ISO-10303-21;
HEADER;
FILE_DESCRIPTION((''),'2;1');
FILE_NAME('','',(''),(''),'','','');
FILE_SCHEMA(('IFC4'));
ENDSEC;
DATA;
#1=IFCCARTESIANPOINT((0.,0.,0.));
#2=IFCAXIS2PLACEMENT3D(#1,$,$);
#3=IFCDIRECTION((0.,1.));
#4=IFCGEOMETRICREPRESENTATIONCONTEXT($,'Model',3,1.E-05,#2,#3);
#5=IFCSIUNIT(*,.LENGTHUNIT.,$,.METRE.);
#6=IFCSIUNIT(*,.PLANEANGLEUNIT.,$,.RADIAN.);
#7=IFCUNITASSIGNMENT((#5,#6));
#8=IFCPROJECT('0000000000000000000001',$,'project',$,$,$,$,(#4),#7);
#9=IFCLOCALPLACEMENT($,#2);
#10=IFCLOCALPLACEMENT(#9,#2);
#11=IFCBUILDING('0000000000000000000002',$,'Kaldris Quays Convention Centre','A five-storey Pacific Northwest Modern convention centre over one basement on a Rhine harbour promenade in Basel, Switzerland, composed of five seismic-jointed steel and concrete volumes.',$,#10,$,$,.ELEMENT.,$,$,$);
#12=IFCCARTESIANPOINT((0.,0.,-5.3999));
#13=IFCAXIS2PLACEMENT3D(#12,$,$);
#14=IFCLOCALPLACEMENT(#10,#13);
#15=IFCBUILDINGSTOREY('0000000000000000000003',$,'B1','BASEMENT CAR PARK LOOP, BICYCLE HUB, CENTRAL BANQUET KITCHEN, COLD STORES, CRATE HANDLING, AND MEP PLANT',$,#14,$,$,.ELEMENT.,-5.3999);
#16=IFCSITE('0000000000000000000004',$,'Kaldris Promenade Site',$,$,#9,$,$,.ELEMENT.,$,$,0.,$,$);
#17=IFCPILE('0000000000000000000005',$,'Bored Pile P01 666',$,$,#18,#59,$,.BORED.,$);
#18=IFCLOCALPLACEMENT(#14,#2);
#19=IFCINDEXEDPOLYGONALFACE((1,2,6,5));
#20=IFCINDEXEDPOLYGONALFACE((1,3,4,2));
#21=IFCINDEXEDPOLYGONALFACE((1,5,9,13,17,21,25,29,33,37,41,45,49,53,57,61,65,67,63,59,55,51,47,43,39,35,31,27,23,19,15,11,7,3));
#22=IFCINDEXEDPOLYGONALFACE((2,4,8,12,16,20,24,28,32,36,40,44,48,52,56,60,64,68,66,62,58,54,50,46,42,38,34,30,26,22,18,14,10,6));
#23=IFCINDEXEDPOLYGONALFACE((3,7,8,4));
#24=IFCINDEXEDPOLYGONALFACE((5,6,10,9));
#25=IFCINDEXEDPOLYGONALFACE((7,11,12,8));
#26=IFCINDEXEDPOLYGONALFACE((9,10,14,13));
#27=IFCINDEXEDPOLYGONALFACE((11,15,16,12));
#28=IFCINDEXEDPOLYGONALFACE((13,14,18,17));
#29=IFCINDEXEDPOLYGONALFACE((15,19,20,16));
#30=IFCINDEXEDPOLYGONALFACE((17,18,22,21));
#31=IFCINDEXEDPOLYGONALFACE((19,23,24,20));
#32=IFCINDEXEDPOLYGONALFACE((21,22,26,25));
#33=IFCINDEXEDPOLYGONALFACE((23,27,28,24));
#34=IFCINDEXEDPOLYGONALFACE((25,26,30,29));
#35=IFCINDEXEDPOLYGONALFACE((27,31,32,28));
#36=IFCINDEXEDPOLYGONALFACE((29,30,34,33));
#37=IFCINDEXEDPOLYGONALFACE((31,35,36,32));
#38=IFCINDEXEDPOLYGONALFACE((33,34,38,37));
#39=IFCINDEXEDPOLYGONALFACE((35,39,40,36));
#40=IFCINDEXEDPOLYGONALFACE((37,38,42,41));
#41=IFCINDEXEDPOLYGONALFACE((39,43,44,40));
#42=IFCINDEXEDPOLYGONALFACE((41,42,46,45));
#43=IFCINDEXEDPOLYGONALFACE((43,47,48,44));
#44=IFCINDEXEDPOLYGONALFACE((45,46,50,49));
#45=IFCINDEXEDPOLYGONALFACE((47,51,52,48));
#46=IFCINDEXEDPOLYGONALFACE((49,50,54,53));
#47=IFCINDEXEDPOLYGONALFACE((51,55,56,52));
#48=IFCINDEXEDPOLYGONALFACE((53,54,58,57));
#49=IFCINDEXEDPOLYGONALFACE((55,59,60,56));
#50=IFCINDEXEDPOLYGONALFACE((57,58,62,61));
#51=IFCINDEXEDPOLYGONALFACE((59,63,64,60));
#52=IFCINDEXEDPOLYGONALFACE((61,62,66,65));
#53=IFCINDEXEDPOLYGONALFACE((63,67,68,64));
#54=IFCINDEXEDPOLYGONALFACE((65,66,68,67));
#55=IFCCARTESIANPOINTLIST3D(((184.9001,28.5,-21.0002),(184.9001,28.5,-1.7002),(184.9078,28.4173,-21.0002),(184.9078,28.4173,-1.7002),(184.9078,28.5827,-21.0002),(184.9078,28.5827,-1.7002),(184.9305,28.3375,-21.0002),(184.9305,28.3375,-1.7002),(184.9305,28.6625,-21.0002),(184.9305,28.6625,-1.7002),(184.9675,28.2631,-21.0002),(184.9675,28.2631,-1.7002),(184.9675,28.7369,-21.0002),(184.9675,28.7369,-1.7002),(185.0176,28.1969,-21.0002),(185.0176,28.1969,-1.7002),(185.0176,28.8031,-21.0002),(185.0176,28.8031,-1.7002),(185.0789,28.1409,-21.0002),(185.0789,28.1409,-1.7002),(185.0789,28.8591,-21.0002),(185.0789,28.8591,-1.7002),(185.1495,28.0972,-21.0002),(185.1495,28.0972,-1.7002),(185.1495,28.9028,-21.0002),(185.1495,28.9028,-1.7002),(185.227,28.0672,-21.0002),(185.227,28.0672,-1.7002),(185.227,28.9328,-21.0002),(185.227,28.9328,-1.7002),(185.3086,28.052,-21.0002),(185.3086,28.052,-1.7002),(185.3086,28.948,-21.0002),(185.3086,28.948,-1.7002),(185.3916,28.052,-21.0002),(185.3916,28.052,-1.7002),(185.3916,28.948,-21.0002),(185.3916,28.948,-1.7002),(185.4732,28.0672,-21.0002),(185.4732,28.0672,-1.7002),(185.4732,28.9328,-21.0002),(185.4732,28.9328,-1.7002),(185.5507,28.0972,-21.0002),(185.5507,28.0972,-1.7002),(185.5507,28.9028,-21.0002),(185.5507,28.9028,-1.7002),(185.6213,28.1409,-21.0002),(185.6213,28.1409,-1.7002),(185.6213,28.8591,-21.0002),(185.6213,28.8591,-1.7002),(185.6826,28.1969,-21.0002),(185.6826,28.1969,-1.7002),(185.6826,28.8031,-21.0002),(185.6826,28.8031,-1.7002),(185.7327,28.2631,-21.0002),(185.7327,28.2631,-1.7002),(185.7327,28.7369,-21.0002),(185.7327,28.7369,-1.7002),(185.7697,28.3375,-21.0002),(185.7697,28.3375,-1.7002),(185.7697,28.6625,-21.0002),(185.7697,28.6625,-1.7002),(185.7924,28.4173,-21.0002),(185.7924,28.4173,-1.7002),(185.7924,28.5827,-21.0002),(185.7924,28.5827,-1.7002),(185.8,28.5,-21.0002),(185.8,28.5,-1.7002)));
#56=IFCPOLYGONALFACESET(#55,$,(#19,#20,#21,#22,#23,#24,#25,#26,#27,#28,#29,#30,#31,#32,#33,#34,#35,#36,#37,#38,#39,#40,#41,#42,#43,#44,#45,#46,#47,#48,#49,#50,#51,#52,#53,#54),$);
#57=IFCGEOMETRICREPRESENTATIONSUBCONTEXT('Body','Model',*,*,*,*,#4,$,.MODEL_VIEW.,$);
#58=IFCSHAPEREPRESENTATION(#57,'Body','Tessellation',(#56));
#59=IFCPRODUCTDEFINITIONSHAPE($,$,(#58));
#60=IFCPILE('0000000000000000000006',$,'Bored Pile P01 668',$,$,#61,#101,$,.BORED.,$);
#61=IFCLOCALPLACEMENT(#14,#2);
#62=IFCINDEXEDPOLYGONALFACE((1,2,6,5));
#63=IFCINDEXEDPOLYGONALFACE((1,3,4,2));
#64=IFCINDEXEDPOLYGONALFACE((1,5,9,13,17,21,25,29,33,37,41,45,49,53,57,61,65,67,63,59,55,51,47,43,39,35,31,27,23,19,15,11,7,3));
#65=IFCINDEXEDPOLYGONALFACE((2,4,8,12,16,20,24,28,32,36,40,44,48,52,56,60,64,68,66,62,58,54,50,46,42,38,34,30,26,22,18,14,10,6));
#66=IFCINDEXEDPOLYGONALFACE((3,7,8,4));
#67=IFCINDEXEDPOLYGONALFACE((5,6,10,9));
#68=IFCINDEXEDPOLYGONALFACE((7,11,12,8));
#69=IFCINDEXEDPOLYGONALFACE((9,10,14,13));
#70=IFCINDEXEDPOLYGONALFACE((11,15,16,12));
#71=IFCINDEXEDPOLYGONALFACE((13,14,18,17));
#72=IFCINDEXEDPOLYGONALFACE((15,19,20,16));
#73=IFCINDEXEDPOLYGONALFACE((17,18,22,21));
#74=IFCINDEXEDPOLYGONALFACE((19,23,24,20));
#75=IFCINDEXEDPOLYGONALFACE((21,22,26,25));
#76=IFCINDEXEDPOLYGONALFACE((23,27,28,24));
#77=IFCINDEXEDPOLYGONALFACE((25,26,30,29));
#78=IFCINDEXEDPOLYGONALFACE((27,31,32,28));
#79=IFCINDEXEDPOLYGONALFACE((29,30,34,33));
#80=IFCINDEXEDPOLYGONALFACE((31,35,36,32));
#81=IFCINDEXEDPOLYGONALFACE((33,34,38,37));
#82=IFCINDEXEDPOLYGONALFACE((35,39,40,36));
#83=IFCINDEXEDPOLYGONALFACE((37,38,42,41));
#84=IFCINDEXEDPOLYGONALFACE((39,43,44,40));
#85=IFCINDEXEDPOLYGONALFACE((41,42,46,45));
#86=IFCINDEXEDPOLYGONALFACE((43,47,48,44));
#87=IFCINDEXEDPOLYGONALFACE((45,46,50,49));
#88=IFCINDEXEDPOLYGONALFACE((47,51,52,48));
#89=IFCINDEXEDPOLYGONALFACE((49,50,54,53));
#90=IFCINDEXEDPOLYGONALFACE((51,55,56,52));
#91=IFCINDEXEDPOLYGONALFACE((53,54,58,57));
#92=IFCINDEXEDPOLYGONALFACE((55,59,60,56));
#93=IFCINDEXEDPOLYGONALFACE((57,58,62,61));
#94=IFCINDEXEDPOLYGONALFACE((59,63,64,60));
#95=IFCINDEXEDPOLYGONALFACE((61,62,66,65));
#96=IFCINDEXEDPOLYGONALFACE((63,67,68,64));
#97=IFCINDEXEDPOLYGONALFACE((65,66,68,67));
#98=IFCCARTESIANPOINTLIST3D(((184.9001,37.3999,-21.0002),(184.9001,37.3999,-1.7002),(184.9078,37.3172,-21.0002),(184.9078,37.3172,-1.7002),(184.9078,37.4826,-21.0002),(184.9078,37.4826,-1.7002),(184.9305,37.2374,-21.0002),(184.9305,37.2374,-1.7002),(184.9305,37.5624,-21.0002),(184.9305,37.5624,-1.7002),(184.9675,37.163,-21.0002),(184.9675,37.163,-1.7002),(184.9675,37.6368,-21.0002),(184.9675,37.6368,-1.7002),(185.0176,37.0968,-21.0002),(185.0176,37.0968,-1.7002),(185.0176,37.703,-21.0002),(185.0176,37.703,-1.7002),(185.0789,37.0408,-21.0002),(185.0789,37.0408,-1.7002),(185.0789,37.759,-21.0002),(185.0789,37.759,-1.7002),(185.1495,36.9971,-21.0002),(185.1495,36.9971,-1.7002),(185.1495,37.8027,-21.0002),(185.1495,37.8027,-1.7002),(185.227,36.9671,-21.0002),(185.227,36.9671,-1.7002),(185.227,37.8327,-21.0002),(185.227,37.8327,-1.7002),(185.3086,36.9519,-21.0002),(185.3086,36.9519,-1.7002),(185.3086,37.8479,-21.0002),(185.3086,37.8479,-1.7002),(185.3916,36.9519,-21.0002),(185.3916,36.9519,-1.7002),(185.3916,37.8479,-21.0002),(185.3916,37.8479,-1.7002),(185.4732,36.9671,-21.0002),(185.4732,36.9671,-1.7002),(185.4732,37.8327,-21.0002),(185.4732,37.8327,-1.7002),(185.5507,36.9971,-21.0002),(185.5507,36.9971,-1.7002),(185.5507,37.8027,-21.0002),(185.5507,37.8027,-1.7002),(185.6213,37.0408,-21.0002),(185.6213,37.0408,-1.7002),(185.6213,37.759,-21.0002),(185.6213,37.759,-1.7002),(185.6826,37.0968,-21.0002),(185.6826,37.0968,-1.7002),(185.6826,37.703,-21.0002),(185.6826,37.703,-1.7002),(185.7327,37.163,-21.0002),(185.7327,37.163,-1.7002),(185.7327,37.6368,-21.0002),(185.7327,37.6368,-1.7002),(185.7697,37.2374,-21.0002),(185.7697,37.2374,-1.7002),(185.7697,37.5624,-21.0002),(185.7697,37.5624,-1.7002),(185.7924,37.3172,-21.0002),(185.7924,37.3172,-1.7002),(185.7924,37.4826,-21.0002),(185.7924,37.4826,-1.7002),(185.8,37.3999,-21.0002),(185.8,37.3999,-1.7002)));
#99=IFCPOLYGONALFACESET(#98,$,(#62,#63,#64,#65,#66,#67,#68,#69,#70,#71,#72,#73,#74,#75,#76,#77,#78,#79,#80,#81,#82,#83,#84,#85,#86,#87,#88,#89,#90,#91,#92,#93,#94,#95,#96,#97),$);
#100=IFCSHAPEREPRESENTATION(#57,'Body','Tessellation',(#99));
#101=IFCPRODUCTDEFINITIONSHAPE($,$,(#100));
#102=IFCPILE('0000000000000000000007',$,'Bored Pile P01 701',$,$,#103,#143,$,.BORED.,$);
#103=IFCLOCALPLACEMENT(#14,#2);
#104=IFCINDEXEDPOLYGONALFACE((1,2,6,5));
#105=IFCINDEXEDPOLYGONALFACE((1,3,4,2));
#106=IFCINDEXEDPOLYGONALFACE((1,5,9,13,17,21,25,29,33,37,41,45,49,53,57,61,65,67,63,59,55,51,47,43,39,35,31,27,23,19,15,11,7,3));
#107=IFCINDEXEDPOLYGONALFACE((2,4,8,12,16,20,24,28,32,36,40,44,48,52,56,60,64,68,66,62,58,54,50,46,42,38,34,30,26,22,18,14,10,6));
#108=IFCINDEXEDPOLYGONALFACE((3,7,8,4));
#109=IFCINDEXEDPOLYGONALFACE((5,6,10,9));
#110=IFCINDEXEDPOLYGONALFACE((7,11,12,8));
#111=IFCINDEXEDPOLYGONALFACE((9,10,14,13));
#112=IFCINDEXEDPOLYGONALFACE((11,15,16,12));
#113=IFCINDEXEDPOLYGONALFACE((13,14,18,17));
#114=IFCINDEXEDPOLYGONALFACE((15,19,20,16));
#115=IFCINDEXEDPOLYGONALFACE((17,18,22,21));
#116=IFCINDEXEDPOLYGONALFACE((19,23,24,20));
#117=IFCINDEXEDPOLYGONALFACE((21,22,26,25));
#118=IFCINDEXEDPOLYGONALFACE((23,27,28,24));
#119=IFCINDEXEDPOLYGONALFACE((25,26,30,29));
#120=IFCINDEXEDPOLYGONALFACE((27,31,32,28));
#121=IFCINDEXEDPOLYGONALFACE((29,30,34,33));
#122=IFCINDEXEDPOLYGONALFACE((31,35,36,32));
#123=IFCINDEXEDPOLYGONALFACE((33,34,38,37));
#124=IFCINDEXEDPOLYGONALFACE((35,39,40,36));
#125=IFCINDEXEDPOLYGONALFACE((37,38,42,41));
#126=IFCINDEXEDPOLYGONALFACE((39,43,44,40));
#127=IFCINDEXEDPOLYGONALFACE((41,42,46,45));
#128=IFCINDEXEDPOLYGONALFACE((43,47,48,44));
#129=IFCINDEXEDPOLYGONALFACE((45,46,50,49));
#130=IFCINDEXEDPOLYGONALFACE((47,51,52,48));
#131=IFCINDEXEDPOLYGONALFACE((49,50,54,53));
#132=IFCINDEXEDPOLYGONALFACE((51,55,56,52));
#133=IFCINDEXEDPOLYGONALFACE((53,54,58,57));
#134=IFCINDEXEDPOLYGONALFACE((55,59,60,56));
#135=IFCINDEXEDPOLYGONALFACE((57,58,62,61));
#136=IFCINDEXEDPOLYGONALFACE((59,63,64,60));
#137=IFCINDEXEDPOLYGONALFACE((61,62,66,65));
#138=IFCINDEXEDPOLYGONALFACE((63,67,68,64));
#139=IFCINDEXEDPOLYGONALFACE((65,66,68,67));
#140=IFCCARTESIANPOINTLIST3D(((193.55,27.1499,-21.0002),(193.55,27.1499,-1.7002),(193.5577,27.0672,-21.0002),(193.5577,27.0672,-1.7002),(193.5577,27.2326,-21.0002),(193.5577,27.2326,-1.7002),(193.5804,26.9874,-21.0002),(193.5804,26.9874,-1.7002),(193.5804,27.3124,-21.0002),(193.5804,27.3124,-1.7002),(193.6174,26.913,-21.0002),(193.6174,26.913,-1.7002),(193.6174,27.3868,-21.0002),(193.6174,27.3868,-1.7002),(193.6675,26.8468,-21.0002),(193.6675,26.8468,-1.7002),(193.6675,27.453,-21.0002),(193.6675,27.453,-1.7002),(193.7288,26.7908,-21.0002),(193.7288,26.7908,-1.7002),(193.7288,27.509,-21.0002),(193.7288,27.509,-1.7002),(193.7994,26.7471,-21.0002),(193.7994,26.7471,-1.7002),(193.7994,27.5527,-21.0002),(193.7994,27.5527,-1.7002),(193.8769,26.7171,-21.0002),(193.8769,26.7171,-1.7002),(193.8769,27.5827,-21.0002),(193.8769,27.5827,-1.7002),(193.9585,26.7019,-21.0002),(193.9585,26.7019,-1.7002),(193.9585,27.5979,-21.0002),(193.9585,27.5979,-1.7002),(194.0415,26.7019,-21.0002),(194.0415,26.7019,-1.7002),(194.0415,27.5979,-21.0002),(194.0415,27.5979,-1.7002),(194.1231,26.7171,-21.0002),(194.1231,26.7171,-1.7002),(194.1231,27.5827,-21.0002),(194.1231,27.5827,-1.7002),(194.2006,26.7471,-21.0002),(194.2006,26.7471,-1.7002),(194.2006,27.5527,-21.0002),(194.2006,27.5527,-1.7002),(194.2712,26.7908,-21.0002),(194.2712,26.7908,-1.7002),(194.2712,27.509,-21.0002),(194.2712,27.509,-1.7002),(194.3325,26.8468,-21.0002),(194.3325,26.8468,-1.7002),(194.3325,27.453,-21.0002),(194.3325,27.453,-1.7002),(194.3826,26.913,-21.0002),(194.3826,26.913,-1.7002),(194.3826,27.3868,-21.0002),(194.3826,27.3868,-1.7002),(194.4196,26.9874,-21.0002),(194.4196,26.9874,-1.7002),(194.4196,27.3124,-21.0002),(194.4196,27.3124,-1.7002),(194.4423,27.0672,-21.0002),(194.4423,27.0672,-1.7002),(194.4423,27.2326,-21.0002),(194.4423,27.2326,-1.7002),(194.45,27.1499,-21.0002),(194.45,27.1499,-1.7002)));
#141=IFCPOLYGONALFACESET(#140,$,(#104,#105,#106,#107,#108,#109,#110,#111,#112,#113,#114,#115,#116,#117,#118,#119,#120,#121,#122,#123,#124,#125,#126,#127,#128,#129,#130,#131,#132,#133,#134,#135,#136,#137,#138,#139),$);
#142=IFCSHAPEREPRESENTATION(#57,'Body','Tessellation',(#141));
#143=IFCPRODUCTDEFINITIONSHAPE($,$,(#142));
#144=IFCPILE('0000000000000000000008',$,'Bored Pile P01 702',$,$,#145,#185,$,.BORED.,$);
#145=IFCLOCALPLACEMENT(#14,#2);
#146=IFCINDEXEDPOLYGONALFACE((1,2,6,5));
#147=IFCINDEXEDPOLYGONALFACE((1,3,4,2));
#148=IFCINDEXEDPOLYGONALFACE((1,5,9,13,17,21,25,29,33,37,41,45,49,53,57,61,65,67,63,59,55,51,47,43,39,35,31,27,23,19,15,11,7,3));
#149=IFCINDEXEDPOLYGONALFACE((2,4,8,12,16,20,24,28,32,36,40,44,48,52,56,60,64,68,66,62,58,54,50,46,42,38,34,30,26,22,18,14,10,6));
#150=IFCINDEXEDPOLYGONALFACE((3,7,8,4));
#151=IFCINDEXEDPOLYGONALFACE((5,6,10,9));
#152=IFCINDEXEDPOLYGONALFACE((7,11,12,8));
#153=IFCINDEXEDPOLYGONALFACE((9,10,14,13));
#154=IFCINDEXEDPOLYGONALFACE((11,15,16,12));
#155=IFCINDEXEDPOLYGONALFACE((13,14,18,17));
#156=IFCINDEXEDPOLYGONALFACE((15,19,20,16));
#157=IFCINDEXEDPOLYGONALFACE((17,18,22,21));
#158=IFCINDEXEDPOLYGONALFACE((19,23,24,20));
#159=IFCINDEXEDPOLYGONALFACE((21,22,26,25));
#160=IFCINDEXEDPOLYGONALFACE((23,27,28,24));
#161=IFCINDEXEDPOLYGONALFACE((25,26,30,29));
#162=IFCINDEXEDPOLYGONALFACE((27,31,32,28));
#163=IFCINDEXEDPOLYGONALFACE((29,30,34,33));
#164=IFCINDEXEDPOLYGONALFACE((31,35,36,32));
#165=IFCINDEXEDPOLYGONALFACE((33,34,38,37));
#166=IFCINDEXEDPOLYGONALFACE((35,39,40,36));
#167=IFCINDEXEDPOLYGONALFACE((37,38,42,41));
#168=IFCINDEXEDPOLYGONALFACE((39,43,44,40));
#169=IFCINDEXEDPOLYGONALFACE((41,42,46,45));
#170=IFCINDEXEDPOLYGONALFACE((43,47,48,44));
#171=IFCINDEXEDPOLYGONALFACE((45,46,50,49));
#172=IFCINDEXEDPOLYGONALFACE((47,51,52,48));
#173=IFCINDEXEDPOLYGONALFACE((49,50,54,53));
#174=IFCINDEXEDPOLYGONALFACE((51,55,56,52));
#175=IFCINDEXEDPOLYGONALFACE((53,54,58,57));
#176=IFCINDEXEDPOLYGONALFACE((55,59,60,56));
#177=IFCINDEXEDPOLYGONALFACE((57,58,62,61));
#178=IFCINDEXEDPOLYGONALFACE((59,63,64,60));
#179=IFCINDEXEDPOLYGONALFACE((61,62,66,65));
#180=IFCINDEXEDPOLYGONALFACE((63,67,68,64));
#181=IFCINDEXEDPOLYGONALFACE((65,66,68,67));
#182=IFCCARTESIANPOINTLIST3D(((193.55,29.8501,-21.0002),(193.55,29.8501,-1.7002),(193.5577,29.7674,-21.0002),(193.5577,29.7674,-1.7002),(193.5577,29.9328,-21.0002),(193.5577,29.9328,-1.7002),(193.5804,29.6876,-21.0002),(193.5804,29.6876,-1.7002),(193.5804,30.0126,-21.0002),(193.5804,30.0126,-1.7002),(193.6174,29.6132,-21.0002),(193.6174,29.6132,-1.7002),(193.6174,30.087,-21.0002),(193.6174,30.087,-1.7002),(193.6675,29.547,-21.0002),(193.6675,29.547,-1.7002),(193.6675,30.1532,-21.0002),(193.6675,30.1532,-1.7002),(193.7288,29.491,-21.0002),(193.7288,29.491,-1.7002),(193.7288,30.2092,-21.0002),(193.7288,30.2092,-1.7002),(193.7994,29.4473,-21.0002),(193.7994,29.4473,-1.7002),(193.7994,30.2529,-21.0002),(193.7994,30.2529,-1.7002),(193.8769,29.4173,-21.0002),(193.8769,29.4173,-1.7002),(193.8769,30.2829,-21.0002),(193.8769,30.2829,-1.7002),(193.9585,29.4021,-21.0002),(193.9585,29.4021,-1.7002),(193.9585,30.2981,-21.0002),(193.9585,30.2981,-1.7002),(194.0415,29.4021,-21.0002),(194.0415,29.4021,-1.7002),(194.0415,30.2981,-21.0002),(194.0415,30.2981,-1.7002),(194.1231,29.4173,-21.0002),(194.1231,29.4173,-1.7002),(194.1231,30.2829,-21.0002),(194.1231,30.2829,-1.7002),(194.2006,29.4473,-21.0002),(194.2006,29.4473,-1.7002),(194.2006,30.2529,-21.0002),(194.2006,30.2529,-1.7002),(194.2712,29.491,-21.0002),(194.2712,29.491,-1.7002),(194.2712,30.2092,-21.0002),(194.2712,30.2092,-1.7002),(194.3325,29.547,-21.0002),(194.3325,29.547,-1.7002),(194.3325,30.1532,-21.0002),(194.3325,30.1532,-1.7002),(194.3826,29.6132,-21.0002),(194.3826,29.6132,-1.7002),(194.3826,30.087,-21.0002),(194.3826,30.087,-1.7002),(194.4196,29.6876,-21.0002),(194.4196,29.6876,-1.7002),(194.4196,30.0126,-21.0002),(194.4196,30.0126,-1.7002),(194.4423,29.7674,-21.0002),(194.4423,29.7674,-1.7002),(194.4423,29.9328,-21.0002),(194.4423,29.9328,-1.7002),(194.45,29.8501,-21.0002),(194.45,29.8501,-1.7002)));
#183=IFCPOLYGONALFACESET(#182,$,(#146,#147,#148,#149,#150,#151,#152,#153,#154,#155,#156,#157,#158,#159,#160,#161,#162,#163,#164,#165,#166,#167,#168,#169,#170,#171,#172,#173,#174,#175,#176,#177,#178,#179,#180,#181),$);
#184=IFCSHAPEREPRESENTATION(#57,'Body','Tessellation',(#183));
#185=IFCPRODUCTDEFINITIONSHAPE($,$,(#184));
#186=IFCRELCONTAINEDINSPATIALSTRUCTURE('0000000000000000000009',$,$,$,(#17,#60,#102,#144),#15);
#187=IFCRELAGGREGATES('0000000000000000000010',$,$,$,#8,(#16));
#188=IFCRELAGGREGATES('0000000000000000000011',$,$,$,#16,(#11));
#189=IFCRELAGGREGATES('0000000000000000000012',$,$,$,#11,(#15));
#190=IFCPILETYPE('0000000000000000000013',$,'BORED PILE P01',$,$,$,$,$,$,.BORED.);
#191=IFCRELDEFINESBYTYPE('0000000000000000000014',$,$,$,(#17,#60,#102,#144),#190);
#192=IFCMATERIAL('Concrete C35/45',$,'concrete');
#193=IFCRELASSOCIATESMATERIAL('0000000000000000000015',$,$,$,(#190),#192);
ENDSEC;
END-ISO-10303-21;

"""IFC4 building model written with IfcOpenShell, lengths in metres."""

from ifc_helpers import new_model, si_unit, direction, frame, origin, origin_2d, place, context, subcontext, project, spatial, circle, extrude, material, material_profile, profile_set, type_object, element, save


model = new_model("IFC4")

# Units and contexts
model_context = context("Model", 3, precision=1e-05, world=origin(), true_north=direction((0.0, 1.0)))
body_context = subcontext(model_context, "Body", "Model", "MODEL_VIEW")
ifc_project = project(units=[si_unit("LENGTHUNIT", "METRE"), si_unit("PLANEANGLEUNIT", "RADIAN")], contexts=[model_context])

# Site, building, storey
site_placement = place(None, origin())
site = spatial("IfcSite", under=ifc_project, at=site_placement, Name="Kaldris Promenade Site", CompositionType="ELEMENT", RefElevation=0.0)
building_placement = place(site_placement, origin())
building = spatial("IfcBuilding", under=site, at=building_placement, Name="Kaldris Quays Convention Centre", Description="A five-storey Pacific Northwest Modern convention centre over one basement on a Rhine harbour promenade in Basel, Switzerland, composed of five seismic-jointed steel and concrete volumes.", CompositionType="ELEMENT")
storey_placement = place(building_placement, frame((0.0, 0.0, -5.3999)))
storey = spatial("IfcBuildingStorey", under=building, at=storey_placement, Name="B1", Description="BASEMENT CAR PARK LOOP, BICYCLE HUB, CENTRAL BANQUET KITCHEN, COLD STORES, CRATE HANDLING, AND MEP PLANT", CompositionType="ELEMENT", Elevation=-5.3999)

# Piles
ifc_material_1 = material(Name="Concrete C35/45", Category="concrete")
ifc_material_profile_1 = material_profile(ifc_material_1, circle(Radius=0.45, at=origin_2d()), Name="BORED PILE D900")
ifc_profile_set_1 = profile_set([ifc_material_profile_1], Name="Concrete C35/45")
pile_type = type_object("IfcPileType", Name="BORED PILE P01", PredefinedType="BORED", material=ifc_profile_set_1)
for number, where, z_axis, x_axis, name in (
    (1, (185.3501, 28.5, -1.7002), (0.0, 0.0, -1.0), (1.0, 0.0, 0.0), "Bored Pile P01 666"),
    (2, (185.3501, 37.3999, -1.7002), (0.0, 0.0, -1.0), (1.0, 0.0, 0.0), "Bored Pile P01 668"),
    (3, (194.0, 27.1499, -1.7002), (0.0, 0.0, -1.0), (1.0, 0.0, 0.0), "Bored Pile P01 701"),
    (4, (194.0, 29.8501, -1.7002), (0.0, 0.0, -1.0), (1.0, 0.0, 0.0), "Bored Pile P01 702"),
):
    element("IfcPile", number, at=place(storey_placement, frame(where, z_axis=z_axis, x_axis=x_axis)), inside=storey, type_object=pile_type, Name=name, PredefinedType="BORED", context=body_context, shape_type="SweptSolid", body=[
        extrude(circle(Radius=0.45, at=origin_2d()), origin(), (0.0, 0.0, 1.0), 19.3),
    ])

save(model, "model.ifc")
